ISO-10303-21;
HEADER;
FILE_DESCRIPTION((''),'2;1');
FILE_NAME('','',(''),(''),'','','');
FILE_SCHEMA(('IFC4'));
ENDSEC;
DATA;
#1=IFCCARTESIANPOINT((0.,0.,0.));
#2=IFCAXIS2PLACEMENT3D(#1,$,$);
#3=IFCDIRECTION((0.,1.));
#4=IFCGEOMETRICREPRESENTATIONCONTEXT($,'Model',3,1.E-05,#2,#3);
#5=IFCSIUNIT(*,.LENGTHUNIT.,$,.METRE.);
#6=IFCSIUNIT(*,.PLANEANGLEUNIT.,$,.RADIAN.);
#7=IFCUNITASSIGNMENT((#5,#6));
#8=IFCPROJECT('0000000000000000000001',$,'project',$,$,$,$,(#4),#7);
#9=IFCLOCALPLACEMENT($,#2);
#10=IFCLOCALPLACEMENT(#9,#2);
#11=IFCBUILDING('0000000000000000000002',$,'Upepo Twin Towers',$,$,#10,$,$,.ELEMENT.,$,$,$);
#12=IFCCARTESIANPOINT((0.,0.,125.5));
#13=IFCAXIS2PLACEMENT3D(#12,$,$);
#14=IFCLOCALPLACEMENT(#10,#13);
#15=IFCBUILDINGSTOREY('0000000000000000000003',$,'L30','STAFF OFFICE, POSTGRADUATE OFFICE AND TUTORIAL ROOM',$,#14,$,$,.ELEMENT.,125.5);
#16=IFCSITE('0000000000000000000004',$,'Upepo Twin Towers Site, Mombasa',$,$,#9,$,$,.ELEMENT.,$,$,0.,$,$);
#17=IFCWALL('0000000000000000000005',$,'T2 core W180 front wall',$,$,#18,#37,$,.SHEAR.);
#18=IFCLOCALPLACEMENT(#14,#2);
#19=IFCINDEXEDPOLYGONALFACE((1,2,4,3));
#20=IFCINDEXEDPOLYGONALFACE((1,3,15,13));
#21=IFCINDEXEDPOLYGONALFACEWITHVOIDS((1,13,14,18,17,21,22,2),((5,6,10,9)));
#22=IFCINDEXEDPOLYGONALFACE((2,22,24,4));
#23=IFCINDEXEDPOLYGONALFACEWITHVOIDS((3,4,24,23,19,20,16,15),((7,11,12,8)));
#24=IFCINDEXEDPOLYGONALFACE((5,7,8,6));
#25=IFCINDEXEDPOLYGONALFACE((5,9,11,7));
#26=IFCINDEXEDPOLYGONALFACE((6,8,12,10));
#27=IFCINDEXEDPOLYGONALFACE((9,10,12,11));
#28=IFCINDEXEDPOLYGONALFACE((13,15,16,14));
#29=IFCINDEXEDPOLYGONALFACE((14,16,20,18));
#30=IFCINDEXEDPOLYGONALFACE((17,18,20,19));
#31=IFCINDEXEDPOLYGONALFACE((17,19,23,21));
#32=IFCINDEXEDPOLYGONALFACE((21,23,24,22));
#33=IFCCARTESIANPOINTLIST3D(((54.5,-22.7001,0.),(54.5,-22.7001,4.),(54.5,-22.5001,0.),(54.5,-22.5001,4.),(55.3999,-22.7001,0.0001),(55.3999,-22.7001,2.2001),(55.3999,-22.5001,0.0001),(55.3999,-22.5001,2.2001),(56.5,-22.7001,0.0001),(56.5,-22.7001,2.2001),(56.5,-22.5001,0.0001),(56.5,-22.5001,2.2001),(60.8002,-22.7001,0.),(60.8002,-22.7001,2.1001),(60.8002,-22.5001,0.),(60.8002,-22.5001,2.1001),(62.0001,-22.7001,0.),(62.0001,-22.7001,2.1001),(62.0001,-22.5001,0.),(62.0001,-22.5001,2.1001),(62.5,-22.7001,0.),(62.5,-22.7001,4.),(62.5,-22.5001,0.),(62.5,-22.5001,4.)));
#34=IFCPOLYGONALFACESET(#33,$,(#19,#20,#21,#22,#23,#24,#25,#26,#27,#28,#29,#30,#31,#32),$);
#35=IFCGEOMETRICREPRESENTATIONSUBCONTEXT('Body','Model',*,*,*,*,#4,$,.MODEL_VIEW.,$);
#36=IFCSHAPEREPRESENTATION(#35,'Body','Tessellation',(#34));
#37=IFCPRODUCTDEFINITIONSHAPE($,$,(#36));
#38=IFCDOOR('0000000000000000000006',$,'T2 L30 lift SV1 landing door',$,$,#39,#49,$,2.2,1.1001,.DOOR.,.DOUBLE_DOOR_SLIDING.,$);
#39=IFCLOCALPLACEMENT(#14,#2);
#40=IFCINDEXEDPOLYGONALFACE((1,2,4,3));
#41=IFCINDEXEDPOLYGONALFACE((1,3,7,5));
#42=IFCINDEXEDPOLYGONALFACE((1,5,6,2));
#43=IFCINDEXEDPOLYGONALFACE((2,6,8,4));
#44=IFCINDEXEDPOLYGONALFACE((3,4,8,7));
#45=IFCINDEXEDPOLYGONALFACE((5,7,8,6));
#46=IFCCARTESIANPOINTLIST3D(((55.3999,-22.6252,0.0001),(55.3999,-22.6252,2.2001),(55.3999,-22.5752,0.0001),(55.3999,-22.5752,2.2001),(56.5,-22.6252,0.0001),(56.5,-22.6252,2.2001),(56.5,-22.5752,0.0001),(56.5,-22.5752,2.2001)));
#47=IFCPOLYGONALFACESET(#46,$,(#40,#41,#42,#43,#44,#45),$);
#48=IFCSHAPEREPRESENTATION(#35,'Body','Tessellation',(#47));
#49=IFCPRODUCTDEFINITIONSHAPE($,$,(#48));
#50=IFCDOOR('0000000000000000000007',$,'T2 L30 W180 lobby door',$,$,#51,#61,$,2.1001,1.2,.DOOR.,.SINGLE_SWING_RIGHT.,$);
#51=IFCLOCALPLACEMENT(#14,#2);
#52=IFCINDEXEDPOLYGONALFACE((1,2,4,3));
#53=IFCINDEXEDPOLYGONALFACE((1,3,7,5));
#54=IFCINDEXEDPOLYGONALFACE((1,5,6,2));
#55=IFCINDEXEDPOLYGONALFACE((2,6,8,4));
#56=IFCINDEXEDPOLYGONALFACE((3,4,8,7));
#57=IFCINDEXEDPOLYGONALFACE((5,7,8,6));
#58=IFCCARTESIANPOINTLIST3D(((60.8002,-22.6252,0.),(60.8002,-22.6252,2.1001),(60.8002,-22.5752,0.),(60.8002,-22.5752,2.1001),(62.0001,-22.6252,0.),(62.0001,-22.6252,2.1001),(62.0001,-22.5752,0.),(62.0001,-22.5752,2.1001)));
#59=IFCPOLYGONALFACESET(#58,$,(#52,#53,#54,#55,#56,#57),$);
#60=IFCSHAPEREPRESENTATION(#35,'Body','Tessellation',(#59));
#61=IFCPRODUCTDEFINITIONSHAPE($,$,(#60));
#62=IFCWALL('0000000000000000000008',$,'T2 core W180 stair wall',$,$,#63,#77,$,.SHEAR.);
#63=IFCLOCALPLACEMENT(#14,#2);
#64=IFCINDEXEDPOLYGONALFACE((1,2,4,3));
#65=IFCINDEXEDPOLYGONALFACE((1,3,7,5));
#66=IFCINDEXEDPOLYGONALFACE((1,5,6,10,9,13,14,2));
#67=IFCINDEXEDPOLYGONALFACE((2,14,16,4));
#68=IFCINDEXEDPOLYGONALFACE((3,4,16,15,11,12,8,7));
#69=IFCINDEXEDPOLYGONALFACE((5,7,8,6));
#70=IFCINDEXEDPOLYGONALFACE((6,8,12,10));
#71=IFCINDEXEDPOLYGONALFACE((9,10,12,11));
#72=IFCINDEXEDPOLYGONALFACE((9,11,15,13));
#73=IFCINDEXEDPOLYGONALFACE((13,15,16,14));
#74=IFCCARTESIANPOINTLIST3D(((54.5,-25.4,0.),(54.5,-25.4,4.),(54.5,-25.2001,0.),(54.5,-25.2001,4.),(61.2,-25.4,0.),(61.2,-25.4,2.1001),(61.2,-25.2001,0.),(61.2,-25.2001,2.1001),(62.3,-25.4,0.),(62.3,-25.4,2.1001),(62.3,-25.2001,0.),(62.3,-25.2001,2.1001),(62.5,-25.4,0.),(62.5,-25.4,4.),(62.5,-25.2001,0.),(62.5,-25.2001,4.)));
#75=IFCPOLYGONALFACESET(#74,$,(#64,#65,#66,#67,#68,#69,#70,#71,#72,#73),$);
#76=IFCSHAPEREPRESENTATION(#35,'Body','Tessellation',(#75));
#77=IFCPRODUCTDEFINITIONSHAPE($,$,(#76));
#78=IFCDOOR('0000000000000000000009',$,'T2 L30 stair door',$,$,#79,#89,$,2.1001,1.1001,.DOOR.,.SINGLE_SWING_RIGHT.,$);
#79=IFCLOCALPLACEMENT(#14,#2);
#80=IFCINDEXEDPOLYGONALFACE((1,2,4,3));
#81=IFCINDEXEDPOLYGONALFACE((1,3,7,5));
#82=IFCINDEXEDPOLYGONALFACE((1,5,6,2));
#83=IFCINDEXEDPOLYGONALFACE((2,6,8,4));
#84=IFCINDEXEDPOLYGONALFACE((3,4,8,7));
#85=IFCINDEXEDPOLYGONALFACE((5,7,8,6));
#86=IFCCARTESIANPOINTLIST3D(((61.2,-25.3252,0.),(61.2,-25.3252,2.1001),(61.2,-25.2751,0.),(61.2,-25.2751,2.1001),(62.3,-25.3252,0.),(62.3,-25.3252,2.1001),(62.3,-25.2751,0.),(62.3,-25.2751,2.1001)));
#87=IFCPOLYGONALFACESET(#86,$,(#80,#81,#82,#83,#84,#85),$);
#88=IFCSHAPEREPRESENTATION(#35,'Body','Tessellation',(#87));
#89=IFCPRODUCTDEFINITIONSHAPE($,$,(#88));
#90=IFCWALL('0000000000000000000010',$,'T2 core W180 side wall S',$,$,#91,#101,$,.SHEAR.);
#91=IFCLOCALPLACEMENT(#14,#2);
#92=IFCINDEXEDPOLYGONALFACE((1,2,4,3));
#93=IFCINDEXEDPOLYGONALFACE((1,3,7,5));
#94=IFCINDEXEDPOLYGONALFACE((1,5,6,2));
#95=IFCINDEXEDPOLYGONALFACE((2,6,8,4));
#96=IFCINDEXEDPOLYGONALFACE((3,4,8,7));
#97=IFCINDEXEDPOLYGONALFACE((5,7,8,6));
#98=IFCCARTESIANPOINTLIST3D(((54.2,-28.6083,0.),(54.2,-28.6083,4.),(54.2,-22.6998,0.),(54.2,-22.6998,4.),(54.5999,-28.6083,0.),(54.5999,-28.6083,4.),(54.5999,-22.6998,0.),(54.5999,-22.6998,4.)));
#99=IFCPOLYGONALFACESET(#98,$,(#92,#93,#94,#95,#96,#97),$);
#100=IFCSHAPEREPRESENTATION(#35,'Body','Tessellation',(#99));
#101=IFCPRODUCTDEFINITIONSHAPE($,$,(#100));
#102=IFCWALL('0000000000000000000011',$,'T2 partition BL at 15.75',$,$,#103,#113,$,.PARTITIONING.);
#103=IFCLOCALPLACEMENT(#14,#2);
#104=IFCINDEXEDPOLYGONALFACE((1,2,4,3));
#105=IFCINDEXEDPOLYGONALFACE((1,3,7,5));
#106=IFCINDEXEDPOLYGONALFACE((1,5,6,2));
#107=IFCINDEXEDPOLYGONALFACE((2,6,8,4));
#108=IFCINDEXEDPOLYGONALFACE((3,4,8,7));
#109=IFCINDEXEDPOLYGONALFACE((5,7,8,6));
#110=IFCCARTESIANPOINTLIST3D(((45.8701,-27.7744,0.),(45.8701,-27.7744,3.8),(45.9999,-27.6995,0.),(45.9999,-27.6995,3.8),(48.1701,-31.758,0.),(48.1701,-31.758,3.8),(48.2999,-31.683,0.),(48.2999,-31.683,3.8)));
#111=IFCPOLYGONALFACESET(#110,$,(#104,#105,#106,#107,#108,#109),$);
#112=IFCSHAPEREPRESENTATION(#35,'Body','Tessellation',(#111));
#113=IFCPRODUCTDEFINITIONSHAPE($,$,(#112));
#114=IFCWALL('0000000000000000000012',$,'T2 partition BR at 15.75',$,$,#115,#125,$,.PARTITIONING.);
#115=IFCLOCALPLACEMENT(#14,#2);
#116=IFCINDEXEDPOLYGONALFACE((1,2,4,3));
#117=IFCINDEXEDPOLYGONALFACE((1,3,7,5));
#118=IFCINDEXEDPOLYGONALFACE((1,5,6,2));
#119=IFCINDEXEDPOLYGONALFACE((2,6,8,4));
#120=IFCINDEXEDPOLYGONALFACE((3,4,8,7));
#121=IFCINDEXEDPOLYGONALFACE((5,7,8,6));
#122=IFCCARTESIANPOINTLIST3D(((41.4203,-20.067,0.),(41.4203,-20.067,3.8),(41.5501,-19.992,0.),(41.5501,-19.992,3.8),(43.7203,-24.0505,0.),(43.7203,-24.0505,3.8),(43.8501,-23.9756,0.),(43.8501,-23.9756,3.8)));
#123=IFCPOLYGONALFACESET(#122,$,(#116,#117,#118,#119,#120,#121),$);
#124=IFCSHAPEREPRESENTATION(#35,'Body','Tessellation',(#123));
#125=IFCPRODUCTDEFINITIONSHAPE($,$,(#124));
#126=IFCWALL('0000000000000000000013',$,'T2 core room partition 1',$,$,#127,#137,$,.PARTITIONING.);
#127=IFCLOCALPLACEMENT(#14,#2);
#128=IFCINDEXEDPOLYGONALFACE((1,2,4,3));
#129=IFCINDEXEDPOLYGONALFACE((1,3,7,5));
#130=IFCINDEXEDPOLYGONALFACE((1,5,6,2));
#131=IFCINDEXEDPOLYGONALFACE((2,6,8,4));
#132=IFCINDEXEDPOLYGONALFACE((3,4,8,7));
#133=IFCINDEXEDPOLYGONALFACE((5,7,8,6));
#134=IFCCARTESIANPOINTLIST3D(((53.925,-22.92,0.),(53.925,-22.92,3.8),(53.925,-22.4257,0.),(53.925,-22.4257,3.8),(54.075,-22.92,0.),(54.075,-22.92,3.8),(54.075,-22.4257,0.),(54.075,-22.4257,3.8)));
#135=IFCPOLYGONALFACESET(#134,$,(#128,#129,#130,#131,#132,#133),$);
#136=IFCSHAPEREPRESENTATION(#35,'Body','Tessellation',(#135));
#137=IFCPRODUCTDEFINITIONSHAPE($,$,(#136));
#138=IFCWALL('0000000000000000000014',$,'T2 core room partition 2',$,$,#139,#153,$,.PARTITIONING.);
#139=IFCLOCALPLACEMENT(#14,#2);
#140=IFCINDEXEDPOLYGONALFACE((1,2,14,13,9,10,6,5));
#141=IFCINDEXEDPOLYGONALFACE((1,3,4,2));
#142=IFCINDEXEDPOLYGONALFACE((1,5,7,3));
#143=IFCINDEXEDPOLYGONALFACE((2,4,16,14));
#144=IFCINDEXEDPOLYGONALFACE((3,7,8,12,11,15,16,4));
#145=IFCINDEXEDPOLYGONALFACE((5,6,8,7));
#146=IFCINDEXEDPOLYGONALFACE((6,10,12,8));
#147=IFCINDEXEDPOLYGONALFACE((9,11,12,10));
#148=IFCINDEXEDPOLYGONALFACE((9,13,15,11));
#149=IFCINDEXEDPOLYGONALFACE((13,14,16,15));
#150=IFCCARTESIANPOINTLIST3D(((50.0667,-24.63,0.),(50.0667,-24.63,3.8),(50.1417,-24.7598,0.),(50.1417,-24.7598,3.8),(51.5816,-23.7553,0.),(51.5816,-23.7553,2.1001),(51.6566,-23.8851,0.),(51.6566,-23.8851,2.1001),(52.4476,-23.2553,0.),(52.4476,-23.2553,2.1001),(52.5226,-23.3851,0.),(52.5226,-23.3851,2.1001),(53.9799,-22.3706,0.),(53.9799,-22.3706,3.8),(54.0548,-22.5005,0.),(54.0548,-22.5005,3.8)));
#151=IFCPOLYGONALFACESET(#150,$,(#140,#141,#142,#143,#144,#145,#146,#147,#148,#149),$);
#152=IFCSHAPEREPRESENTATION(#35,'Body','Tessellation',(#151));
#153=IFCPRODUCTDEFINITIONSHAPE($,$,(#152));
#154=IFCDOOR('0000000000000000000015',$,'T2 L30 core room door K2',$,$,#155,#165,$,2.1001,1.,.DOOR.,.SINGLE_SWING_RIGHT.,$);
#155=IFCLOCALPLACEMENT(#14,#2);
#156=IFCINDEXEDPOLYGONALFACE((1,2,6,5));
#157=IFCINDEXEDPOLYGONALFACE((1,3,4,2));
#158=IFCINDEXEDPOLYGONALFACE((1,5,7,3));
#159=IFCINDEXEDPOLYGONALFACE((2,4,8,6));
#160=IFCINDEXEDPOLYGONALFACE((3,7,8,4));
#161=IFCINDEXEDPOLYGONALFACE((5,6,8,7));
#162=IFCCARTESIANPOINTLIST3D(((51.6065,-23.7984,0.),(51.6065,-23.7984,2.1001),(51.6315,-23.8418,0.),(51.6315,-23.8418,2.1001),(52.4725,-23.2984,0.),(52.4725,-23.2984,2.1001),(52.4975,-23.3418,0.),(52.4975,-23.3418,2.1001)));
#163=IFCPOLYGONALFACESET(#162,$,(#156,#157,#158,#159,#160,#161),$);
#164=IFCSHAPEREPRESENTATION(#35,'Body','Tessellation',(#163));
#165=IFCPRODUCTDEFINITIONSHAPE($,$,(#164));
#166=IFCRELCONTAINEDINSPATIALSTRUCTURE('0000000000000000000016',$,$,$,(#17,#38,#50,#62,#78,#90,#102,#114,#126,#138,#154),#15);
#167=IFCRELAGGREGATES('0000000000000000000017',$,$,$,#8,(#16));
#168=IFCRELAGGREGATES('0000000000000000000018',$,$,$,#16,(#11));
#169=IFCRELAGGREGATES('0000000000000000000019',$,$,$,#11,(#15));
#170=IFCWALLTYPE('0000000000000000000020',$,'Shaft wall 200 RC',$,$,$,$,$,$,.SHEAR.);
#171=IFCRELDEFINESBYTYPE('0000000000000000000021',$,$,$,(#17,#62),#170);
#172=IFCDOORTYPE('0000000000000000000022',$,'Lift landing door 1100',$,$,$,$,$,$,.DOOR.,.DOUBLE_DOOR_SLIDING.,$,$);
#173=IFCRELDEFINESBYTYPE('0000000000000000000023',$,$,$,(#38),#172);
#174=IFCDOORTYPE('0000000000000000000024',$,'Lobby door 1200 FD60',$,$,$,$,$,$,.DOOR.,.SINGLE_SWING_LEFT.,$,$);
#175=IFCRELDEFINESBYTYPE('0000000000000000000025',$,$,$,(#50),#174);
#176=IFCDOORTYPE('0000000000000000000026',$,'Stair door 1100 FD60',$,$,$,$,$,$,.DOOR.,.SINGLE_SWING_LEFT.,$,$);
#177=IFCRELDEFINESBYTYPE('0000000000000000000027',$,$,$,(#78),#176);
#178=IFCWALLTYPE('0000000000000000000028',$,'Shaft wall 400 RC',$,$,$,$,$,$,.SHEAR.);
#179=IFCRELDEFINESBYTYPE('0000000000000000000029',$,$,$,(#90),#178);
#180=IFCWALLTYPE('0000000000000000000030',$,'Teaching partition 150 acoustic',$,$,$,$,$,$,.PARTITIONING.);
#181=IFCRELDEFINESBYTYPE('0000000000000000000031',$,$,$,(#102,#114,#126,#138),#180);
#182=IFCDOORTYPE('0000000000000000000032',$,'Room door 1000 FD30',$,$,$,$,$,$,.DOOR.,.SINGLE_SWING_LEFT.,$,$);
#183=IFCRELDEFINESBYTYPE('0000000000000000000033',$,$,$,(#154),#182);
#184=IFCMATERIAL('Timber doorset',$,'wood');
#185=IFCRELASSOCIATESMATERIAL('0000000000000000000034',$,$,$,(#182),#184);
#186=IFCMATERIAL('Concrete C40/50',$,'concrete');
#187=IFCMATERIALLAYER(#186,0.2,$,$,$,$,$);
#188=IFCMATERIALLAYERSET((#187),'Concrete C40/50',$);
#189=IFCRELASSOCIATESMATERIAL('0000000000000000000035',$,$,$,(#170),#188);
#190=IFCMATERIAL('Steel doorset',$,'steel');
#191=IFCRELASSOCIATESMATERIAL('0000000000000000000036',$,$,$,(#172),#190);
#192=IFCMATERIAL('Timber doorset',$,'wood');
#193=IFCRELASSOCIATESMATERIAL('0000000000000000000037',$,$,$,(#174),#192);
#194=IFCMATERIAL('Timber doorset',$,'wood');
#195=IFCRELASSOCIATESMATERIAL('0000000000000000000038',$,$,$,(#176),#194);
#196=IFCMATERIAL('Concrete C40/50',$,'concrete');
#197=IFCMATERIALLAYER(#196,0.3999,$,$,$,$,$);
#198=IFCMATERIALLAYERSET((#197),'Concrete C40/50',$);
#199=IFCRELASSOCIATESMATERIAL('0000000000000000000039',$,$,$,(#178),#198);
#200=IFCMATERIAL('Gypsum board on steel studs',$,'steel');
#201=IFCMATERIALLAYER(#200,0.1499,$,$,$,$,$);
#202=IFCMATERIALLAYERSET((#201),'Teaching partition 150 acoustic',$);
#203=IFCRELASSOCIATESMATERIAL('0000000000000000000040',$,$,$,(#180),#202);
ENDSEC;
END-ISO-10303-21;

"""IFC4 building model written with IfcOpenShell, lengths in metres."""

from ifc_helpers import new_model, si_unit, direction, frame, frame_2d, origin, place, context, subcontext, project, spatial, rectangle, extrude, material, layer, layer_set, type_object, element, fill, save


model = new_model("IFC4")

# Units and contexts
model_context = context("Model", 3, precision=1e-05, world=origin(), true_north=direction((0.0, 1.0)))
body_context = subcontext(model_context, "Body", "Model", "MODEL_VIEW")
ifc_project = project(units=[si_unit("LENGTHUNIT", "METRE"), si_unit("PLANEANGLEUNIT", "RADIAN")], contexts=[model_context])

# Site, building, storey
site_placement = place(None, origin())
site = spatial("IfcSite", under=ifc_project, at=site_placement, Name="Upepo Twin Towers Site, Mombasa", CompositionType="ELEMENT", RefElevation=0.0)
building_placement = place(site_placement, origin())
building = spatial("IfcBuilding", under=site, at=building_placement, Name="Upepo Twin Towers", CompositionType="ELEMENT")
storey_placement = place(building_placement, frame((0.0, 0.0, 125.5)))
storey = spatial("IfcBuildingStorey", under=building, at=storey_placement, Name="L30", Description="STAFF OFFICE, POSTGRADUATE OFFICE AND TUTORIAL ROOM", CompositionType="ELEMENT", Elevation=125.5)

# Shared definitions
ifc_material_1 = material(Name="Timber doorset", Category="wood")
door_type_1 = type_object("IfcDoorType", Name="Room door 1000 FD30", OperationType="SINGLE_SWING_LEFT", PredefinedType="DOOR", material=ifc_material_1)

# Wall, openings, doors
ifc_material_2 = material(Name="Concrete C40/50", Category="concrete")
ifc_layer_1 = layer(ifc_material_2, 0.2)
ifc_layer_set_1 = layer_set([ifc_layer_1], Name="Concrete C40/50")
wall_type_1 = type_object("IfcWallType", Name="Shaft wall 200 RC", PredefinedType="SHEAR", material=ifc_layer_set_1)
wall_1_placement = place(storey_placement, frame((54.5, -22.6001, 0.0), z_axis=(0.0, 0.0, 1.0), x_axis=(1.0, 0.0, 0.0)))
wall_1 = element("IfcWall", 1, at=wall_1_placement, inside=storey, type_object=wall_type_1, Name="T2 core W180 front wall", PredefinedType="SHEAR", context=body_context, shape_type="SweptSolid", body=[
    extrude(rectangle(XDim=8.0, YDim=0.2, at=frame_2d((4.0, 0.0))), origin(), (0.0, 0.0, 1.0), 4.0),
])
opening_1_placement = place(wall_1_placement, frame((6.3, 0.0, 0.0)))
opening_1 = element("IfcOpeningElement", 2, at=opening_1_placement, cuts=wall_1, PredefinedType="OPENING", context=body_context, shape_type="SweptSolid", body=[
    extrude(rectangle(XDim=1.2, YDim=2.1001, at=frame_2d((0.6001, 1.05))), frame((0.0, 0.1099, 0.0), z_axis=(0.0, -1.0, 0.0), x_axis=(1.0, 0.0, 0.0)), (0.0, 0.0, 1.0), 0.22),
])
opening_2_placement = place(wall_1_placement, frame((0.8999, 0.0, 0.0)))
opening_2 = element("IfcOpeningElement", 3, at=opening_2_placement, cuts=wall_1, PredefinedType="OPENING", context=body_context, shape_type="SweptSolid", body=[
    extrude(rectangle(XDim=1.1001, YDim=2.2, at=frame_2d((0.55, 1.1001))), frame((0.0, 0.1099, 0.0), z_axis=(0.0, -1.0, 0.0), x_axis=(1.0, 0.0, 0.0)), (0.0, 0.0, 1.0), 0.22),
])
ifc_material_3 = material(Name="Steel doorset", Category="steel")
door_type_2 = type_object("IfcDoorType", Name="Lift landing door 1100", OperationType="DOUBLE_DOOR_SLIDING", PredefinedType="DOOR", material=ifc_material_3)
door_1_placement = place(opening_2_placement, origin())
door_1 = element("IfcDoor", 4, at=door_1_placement, inside=storey, type_object=door_type_2, Name="T2 L30 lift SV1 landing door", OperationType="DOUBLE_DOOR_SLIDING", OverallHeight=2.2, OverallWidth=1.1001, PredefinedType="DOOR", context=body_context, shape_type="SweptSolid", body=[
    extrude(rectangle(XDim=1.1001, YDim=2.2, at=frame_2d((0.55, 1.1001))), frame((0.0, 0.0249, 0.0), z_axis=(0.0, -1.0, 0.0), x_axis=(1.0, 0.0, 0.0)), (0.0, 0.0, 1.0), 0.05),
])
fill(opening_2, door_1)
ifc_material_4 = material(Name="Timber doorset", Category="wood")
door_type_3 = type_object("IfcDoorType", Name="Lobby door 1200 FD60", OperationType="SINGLE_SWING_LEFT", PredefinedType="DOOR", material=ifc_material_4)
door_2_placement = place(opening_1_placement, origin())
door_2 = element("IfcDoor", 5, at=door_2_placement, inside=storey, type_object=door_type_3, Name="T2 L30 W180 lobby door", OperationType="SINGLE_SWING_RIGHT", OverallHeight=2.1001, OverallWidth=1.2, PredefinedType="DOOR", context=body_context, shape_type="SweptSolid", body=[
    extrude(rectangle(XDim=1.2, YDim=2.1001, at=frame_2d((0.6001, 1.05))), frame((0.0, 0.0249, 0.0), z_axis=(0.0, -1.0, 0.0), x_axis=(1.0, 0.0, 0.0)), (0.0, 0.0, 1.0), 0.05),
])
fill(opening_1, door_2)

# Wall, opening, door
wall_2_placement = place(storey_placement, frame((54.5, -25.3, 0.0), z_axis=(0.0, 0.0, 1.0), x_axis=(1.0, 0.0, 0.0)))
wall_2 = element("IfcWall", 6, at=wall_2_placement, inside=storey, type_object=wall_type_1, Name="T2 core W180 stair wall", PredefinedType="SHEAR", context=body_context, shape_type="SweptSolid", body=[
    extrude(rectangle(XDim=8.0, YDim=0.2, at=frame_2d((4.0, 0.0))), origin(), (0.0, 0.0, 1.0), 4.0),
])
opening_3_placement = place(wall_2_placement, frame((6.7, 0.0, 0.0)))
opening_3 = element("IfcOpeningElement", 7, at=opening_3_placement, cuts=wall_2, PredefinedType="OPENING", context=body_context, shape_type="SweptSolid", body=[
    extrude(rectangle(XDim=1.1001, YDim=2.1001, at=frame_2d((0.55, 1.05))), frame((0.0, 0.1099, 0.0), z_axis=(0.0, -1.0, 0.0), x_axis=(1.0, 0.0, 0.0)), (0.0, 0.0, 1.0), 0.22),
])
ifc_material_5 = material(Name="Timber doorset", Category="wood")
door_type_4 = type_object("IfcDoorType", Name="Stair door 1100 FD60", OperationType="SINGLE_SWING_LEFT", PredefinedType="DOOR", material=ifc_material_5)
door_3_placement = place(opening_3_placement, origin())
door_3 = element("IfcDoor", 8, at=door_3_placement, inside=storey, type_object=door_type_4, Name="T2 L30 stair door", OperationType="SINGLE_SWING_RIGHT", OverallHeight=2.1001, OverallWidth=1.1001, PredefinedType="DOOR", context=body_context, shape_type="SweptSolid", body=[
    extrude(rectangle(XDim=1.1001, YDim=2.1001, at=frame_2d((0.55, 1.05))), frame((0.0, 0.0249, 0.0), z_axis=(0.0, -1.0, 0.0), x_axis=(1.0, 0.0, 0.0)), (0.0, 0.0, 1.0), 0.05),
])
fill(opening_3, door_3)

# Walls
ifc_material_6 = material(Name="Concrete C40/50", Category="concrete")
ifc_layer_2 = layer(ifc_material_6, 0.3999)
ifc_layer_set_2 = layer_set([ifc_layer_2], Name="Concrete C40/50")
wall_type_2 = type_object("IfcWallType", Name="Shaft wall 400 RC", PredefinedType="SHEAR", material=ifc_layer_set_2)
wall_3_placement = place(storey_placement, frame((54.3999, -22.7, 0.0), z_axis=(0.0, 0.0, 1.0), x_axis=(0.0, -1.0, 0.0)))
element("IfcWall", 9, at=wall_3_placement, inside=storey, type_object=wall_type_2, Name="T2 core W180 side wall S", PredefinedType="SHEAR", context=body_context, shape_type="SweptSolid", body=[
    extrude(rectangle(XDim=5.9084, YDim=0.3999, at=frame_2d((2.9541, 0.0))), origin(), (0.0, 0.0, 1.0), 4.0),
])
ifc_material_7 = material(Name="Gypsum board on steel studs", Category="steel")
ifc_layer_3 = layer(ifc_material_7, 0.1499)
ifc_layer_set_3 = layer_set([ifc_layer_3], Name="Teaching partition 150 acoustic")
wall_type_3 = type_object("IfcWallType", Name="Teaching partition 150 acoustic", PredefinedType="PARTITIONING", material=ifc_layer_set_3)
for number, where, z_axis, x_axis, name in (
    (10, (45.9351, -27.7371, 0.0), (0.0, 0.0, 1.0), (0.500015, -0.866017, 0.0), "T2 partition BL at 15.75"),
    (11, (43.7852, -24.0129, 0.0), (0.0, 0.0, 1.0), (-0.500015, 0.866017, 0.0), "T2 partition BR at 15.75"),
):
    element("IfcWall", number, at=place(storey_placement, frame(where, z_axis=z_axis, x_axis=x_axis)), inside=storey, type_object=wall_type_3, Name=name, PredefinedType="PARTITIONING", context=body_context, shape_type="SweptSolid", body=[
        extrude(rectangle(XDim=4.5999, YDim=0.1499, at=frame_2d((2.2998, 0.0))), origin(), (0.0, 0.0, 1.0), 3.8),
    ])
wall_4_placement = place(storey_placement, frame((54.0, -22.9199, 0.0), z_axis=(0.0, 0.0, 1.0), x_axis=(0.0, 1.0, 0.0)))
element("IfcWall", 12, at=wall_4_placement, inside=storey, type_object=wall_type_3, Name="T2 core room partition 1", PredefinedType="PARTITIONING", context=body_context, shape_type="SweptSolid", body=[
    extrude(rectangle(XDim=0.4944, YDim=0.1499, at=frame_2d((0.2471, 0.0))), origin(), (0.0, 0.0, 1.0), 3.8),
])

# Wall, opening, door
wall_5_placement = place(storey_placement, frame((54.0173, -22.4355, 0.0), z_axis=(0.0, 0.0, 1.0), x_axis=(-0.86602, -0.500009, 0.0)))
wall_5 = element("IfcWall", 13, at=wall_5_placement, inside=storey, type_object=wall_type_3, Name="T2 core room partition 2", PredefinedType="PARTITIONING", context=body_context, shape_type="SweptSolid", body=[
    extrude(rectangle(XDim=4.5186, YDim=0.1499, at=frame_2d((2.2593, 0.0))), origin(), (0.0, 0.0, 1.0), 3.8),
])
opening_4_placement = place(wall_5_placement, frame((1.7693, 0.0, 0.0)))
opening_4 = element("IfcOpeningElement", 14, at=opening_4_placement, cuts=wall_5, PredefinedType="OPENING", context=body_context, shape_type="SweptSolid", body=[
    extrude(rectangle(XDim=1.0, YDim=2.1001, at=frame_2d((0.5, 1.05))), frame((0.0, 0.085, 0.0), z_axis=(0.0, -1.0, 0.0), x_axis=(1.0, 0.0, 0.0)), (0.0, 0.0, 1.0), 0.1699),
])
door_4_placement = place(opening_4_placement, origin())
door_4 = element("IfcDoor", 15, at=door_4_placement, inside=storey, type_object=door_type_1, Name="T2 L30 core room door K2", OperationType="SINGLE_SWING_RIGHT", OverallHeight=2.1001, OverallWidth=1.0, PredefinedType="DOOR", context=body_context, shape_type="SweptSolid", body=[
    extrude(rectangle(XDim=1.0, YDim=2.1001, at=frame_2d((0.5, 1.05))), frame((0.0, 0.0249, 0.0), z_axis=(0.0, -1.0, 0.0), x_axis=(1.0, 0.0, 0.0)), (0.0, 0.0, 1.0), 0.05),
])
fill(opening_4, door_4)

save(model, "model.ifc")
